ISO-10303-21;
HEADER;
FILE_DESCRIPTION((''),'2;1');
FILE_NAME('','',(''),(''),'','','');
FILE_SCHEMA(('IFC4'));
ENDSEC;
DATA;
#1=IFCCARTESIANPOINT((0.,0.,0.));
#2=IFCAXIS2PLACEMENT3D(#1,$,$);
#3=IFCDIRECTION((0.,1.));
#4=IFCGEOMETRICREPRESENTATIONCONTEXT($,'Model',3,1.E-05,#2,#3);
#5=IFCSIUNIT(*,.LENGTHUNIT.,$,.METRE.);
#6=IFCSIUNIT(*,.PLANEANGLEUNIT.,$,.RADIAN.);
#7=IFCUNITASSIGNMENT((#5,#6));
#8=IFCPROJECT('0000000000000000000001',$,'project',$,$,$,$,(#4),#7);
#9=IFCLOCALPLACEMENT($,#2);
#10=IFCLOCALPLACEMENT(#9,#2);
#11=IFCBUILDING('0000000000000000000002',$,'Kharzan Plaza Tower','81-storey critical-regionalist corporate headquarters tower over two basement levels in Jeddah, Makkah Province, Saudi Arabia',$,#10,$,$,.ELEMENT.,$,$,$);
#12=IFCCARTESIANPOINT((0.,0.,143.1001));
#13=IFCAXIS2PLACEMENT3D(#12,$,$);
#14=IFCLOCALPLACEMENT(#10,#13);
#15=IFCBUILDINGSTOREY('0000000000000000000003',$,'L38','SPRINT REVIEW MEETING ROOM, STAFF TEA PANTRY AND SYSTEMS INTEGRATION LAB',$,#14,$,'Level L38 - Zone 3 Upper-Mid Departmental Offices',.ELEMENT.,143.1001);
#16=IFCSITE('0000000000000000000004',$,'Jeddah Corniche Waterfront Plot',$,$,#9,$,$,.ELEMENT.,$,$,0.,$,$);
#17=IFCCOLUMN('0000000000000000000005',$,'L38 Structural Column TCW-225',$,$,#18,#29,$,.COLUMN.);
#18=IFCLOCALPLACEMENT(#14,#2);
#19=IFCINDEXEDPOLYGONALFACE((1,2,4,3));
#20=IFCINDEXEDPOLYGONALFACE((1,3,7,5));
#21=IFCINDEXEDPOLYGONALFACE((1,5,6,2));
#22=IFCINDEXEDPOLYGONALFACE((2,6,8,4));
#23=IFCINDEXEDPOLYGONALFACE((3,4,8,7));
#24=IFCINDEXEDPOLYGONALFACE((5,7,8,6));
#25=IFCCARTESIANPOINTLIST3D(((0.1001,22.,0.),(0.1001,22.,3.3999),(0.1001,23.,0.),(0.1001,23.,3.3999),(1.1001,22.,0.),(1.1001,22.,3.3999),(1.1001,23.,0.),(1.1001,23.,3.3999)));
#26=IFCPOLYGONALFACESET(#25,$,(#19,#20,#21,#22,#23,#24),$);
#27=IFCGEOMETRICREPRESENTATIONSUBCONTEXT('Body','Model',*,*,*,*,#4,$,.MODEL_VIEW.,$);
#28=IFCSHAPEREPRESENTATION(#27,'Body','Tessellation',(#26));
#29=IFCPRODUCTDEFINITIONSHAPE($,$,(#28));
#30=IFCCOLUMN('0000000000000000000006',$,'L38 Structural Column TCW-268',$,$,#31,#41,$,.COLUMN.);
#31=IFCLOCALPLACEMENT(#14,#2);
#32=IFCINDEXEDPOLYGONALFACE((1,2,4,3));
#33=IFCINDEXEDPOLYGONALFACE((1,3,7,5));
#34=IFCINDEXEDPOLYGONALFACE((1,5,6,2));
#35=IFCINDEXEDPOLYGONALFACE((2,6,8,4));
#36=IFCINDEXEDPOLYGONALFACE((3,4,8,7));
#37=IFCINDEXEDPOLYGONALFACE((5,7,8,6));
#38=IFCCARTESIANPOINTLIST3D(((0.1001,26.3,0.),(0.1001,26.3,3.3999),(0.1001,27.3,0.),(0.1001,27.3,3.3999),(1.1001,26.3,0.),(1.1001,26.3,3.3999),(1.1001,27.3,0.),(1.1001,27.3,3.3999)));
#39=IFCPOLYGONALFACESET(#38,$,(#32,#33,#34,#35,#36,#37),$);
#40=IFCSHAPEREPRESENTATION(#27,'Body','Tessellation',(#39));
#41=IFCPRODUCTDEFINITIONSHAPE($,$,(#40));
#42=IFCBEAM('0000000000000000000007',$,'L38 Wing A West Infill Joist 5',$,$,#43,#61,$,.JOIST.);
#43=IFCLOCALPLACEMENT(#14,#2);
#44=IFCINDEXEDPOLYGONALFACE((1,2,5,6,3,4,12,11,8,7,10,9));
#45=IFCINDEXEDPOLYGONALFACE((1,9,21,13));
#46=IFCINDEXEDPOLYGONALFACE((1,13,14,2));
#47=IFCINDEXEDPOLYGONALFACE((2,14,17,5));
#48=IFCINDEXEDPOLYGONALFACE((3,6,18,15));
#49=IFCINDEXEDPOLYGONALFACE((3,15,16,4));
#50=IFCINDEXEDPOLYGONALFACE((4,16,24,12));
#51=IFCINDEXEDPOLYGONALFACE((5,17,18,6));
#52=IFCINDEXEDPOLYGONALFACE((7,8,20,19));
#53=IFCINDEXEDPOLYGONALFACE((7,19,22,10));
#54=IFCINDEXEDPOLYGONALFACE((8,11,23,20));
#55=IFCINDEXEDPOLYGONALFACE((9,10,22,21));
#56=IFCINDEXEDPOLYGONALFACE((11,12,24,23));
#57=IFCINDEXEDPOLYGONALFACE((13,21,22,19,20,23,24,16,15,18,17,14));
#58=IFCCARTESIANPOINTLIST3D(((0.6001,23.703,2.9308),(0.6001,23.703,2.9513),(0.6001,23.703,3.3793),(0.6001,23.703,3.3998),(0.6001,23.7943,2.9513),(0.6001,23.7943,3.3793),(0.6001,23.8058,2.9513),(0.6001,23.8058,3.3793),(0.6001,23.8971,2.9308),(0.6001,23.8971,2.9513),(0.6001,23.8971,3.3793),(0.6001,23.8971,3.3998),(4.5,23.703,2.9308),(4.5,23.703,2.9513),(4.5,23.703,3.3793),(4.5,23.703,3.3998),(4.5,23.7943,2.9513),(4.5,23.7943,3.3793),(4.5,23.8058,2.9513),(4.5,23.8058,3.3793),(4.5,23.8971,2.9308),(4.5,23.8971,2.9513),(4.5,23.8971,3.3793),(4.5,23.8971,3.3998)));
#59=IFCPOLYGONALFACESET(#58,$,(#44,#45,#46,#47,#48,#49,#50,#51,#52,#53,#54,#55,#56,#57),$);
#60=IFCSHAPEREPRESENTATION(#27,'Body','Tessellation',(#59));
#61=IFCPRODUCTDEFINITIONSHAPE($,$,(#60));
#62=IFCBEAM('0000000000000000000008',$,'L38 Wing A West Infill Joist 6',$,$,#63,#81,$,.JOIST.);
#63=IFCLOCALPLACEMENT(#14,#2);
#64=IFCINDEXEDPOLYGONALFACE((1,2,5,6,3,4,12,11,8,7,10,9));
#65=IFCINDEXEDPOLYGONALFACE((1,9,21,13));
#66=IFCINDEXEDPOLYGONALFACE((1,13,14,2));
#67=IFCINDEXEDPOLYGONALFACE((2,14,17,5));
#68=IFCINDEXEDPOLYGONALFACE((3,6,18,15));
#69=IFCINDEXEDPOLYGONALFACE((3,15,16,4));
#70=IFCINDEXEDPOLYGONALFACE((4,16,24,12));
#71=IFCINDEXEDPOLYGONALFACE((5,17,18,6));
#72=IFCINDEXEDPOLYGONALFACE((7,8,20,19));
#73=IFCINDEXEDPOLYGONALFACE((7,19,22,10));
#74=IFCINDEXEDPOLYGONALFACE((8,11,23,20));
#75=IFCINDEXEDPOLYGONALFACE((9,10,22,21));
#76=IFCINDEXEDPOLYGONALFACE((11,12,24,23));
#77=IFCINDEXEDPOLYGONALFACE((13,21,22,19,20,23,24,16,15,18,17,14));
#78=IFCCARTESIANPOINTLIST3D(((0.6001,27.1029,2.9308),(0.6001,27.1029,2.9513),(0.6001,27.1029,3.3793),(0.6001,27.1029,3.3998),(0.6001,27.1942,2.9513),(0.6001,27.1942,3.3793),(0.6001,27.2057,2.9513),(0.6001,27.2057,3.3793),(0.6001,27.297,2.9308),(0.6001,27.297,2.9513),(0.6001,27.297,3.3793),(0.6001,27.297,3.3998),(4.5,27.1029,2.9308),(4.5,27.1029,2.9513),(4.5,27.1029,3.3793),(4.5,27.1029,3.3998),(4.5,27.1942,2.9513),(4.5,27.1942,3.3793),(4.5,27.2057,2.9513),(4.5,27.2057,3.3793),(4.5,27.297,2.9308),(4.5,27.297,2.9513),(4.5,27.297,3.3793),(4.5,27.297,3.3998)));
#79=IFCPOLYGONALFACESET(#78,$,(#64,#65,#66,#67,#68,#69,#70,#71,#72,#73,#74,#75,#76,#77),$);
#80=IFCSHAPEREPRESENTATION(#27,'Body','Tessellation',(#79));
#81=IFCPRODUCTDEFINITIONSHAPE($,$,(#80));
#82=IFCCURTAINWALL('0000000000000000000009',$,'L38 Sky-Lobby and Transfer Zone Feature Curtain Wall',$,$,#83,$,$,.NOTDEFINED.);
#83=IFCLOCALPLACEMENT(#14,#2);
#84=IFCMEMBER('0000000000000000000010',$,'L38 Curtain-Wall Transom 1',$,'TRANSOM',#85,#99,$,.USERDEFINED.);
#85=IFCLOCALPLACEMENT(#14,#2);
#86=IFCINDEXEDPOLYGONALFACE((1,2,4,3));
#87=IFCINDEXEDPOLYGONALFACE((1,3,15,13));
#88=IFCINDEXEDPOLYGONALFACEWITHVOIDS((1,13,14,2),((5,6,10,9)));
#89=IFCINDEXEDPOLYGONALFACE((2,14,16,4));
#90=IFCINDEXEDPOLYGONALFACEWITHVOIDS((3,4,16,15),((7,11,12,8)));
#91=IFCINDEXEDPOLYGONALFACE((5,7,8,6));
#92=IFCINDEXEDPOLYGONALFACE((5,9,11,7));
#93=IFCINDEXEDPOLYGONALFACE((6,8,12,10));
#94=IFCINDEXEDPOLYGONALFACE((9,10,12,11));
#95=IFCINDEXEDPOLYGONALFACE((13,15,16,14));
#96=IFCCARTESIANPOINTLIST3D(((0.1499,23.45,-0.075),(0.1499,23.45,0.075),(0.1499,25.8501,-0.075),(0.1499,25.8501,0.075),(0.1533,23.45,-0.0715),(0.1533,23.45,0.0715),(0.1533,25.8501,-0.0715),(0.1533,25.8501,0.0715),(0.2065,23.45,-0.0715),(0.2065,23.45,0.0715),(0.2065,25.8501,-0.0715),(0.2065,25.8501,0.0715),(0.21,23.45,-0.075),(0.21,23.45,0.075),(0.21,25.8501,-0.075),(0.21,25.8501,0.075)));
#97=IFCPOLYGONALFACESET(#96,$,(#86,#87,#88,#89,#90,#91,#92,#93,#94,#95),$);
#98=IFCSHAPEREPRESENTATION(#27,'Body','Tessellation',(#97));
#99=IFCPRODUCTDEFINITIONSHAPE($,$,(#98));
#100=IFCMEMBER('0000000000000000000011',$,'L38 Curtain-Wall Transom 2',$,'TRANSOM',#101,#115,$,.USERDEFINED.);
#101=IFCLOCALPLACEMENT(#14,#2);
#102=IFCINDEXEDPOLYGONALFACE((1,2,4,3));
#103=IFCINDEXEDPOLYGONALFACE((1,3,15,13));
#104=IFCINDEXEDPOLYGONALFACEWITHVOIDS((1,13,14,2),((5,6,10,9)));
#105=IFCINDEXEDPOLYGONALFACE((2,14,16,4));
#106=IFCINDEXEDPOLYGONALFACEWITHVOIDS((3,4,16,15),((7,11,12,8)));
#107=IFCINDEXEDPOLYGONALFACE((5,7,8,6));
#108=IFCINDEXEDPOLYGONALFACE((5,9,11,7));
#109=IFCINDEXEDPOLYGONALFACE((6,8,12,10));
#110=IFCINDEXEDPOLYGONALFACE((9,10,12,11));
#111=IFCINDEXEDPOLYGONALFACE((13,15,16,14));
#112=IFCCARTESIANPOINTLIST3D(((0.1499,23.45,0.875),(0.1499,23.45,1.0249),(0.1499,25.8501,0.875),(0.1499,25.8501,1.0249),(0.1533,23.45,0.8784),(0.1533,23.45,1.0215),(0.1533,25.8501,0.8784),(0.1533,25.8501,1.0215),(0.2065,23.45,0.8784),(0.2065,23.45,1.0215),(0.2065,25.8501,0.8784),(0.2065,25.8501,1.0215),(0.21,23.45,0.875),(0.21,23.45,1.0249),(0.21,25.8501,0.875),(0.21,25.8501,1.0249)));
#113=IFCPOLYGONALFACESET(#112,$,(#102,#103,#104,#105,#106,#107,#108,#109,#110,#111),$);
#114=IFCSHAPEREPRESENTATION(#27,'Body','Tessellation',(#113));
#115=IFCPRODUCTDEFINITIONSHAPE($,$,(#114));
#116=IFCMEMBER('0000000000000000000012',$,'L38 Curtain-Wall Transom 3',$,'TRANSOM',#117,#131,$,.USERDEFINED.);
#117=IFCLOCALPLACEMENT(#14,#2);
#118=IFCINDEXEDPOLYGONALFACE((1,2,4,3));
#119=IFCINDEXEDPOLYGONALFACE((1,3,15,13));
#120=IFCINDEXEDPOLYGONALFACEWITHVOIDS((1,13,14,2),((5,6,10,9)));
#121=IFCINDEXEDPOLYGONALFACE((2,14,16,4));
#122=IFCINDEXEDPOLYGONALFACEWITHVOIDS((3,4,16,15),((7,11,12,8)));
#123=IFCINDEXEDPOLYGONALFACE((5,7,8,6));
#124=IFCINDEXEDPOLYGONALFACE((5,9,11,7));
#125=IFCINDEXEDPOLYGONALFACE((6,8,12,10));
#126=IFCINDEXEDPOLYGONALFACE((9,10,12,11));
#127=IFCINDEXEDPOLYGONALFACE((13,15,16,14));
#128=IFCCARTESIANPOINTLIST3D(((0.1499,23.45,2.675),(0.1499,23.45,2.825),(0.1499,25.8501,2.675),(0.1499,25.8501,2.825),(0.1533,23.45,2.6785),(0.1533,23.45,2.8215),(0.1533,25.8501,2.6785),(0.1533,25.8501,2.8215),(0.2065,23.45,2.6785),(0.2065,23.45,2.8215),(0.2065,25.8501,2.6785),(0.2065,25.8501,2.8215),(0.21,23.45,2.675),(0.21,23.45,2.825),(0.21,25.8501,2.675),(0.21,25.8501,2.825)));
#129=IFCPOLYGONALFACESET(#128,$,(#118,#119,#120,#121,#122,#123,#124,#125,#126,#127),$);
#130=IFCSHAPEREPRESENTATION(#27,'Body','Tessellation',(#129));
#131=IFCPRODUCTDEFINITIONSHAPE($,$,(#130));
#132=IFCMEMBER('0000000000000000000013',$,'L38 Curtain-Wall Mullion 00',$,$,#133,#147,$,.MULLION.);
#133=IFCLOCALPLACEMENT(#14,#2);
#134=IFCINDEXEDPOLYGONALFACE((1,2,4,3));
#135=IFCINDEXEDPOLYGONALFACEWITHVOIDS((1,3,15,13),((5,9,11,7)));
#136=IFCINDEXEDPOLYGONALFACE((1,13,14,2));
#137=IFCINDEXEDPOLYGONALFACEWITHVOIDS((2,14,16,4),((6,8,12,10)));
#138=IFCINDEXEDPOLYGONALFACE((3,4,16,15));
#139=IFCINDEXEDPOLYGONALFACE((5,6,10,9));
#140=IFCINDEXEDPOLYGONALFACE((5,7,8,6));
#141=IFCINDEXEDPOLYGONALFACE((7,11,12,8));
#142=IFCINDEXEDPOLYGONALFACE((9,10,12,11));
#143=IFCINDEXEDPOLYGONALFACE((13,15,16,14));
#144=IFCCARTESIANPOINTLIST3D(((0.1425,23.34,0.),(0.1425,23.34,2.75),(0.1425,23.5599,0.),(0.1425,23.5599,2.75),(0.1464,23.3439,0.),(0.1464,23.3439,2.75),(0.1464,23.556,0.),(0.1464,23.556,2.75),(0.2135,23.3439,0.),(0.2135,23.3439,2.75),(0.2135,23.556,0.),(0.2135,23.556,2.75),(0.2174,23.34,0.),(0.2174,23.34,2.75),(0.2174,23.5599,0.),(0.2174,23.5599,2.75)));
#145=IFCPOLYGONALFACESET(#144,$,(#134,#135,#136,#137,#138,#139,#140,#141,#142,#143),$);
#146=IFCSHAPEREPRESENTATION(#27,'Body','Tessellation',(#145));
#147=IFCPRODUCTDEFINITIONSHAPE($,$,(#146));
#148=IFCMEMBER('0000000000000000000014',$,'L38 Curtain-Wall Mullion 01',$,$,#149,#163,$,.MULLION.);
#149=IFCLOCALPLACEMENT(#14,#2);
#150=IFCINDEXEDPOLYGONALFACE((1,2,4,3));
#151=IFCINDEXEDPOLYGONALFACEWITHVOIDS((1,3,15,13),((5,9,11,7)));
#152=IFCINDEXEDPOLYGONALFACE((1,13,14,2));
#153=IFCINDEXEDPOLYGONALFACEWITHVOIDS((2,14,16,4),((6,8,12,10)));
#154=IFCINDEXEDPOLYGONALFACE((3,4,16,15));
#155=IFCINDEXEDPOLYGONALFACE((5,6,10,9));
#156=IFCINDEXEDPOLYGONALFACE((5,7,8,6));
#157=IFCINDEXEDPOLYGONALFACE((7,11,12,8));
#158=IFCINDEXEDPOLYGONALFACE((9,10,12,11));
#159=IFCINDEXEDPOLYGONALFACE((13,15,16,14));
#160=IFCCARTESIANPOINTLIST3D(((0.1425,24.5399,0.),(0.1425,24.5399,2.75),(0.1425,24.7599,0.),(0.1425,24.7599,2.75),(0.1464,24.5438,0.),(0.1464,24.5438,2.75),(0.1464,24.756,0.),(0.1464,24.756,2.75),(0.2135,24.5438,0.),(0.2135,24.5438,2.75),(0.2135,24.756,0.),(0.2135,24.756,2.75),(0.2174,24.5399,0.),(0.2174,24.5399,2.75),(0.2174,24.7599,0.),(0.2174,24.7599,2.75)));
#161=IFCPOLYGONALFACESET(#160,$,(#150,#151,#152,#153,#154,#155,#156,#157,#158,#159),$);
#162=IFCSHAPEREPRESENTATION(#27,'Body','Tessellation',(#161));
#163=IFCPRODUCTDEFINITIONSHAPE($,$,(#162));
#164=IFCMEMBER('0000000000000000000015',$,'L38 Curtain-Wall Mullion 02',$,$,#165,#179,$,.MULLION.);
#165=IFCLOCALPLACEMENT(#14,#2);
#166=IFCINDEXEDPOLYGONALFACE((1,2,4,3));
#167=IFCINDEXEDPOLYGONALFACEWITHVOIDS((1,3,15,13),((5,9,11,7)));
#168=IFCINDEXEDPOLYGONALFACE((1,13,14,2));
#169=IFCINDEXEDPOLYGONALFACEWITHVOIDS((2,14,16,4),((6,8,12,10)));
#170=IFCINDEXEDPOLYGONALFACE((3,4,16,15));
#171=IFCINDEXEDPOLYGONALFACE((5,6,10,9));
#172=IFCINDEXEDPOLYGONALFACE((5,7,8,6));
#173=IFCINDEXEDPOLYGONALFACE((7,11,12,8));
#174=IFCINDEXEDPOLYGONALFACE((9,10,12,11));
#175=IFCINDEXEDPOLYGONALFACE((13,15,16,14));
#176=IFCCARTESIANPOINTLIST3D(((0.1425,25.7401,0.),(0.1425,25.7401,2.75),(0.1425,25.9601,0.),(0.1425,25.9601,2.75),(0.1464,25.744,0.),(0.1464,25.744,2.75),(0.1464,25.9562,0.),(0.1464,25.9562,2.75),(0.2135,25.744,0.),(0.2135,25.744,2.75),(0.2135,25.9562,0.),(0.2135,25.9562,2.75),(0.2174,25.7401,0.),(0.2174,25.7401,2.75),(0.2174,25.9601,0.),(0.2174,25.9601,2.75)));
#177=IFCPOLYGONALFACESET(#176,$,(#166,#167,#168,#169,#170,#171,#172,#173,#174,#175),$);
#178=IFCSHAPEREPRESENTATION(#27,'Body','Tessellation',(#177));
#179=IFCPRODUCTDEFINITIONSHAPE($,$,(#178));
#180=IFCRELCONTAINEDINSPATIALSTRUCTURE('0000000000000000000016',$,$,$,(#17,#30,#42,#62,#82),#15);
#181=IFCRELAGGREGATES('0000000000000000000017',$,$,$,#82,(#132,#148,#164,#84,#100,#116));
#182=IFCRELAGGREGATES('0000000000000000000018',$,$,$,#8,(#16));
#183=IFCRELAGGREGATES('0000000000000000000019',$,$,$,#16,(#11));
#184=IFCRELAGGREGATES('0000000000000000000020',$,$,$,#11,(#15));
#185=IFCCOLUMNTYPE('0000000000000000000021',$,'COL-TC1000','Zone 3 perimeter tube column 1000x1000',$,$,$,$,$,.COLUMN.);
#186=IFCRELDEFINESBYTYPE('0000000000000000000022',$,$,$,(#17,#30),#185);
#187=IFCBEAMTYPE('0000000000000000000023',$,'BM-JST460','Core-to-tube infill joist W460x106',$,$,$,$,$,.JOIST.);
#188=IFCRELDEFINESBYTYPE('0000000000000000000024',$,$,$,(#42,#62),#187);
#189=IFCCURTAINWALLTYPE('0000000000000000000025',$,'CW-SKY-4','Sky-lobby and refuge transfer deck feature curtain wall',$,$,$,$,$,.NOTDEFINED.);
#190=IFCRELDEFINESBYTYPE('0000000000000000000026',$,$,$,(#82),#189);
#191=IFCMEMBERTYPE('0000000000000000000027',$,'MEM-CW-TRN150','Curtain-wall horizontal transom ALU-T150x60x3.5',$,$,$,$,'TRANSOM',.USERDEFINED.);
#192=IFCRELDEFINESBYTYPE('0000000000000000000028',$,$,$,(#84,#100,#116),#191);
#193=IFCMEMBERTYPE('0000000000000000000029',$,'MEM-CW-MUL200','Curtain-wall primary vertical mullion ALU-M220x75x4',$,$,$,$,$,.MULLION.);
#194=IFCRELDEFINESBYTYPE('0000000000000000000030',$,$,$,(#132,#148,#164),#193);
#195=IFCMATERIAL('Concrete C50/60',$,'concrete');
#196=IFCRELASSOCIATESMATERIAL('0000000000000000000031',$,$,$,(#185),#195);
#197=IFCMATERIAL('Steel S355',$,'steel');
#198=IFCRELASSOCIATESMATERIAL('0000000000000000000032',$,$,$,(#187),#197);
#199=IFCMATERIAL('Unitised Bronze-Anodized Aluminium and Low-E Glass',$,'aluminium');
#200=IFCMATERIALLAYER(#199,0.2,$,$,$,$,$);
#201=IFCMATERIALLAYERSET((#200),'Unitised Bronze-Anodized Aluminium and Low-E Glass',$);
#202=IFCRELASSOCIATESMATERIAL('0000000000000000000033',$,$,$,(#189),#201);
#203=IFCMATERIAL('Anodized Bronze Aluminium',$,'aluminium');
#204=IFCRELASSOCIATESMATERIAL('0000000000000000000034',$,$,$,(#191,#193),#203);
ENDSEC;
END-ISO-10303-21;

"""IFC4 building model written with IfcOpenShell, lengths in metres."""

from ifc_helpers import new_model, si_unit, direction, frame, origin, origin_2d, place, context, subcontext, project, spatial, rectangle, hollow_rectangle, i_section, extrude, source, transform, mapped, material, layer, layer_set, material_profile, profile_set, type_object, element, aggregate, save


model = new_model("IFC4")

# Units and contexts
model_context = context("Model", 3, precision=1e-05, world=origin(), true_north=direction((0.0, 1.0)))
body_context = subcontext(model_context, "Body", "Model", "MODEL_VIEW")
ifc_project = project(units=[si_unit("LENGTHUNIT", "METRE"), si_unit("PLANEANGLEUNIT", "RADIAN")], contexts=[model_context])

# Site, building, storey
site_placement = place(None, origin())
site = spatial("IfcSite", under=ifc_project, at=site_placement, Name="Jeddah Corniche Waterfront Plot", CompositionType="ELEMENT", RefElevation=0.0)
building_placement = place(site_placement, origin())
building = spatial("IfcBuilding", under=site, at=building_placement, Name="Kharzan Plaza Tower", Description="81-storey critical-regionalist corporate headquarters tower over two basement levels in Jeddah, Makkah Province, Saudi Arabia", CompositionType="ELEMENT")
storey_placement = place(building_placement, frame((0.0, 0.0, 143.1001)))
storey = spatial("IfcBuildingStorey", under=building, at=storey_placement, Name="L38", Description="SPRINT REVIEW MEETING ROOM, STAFF TEA PANTRY AND SYSTEMS INTEGRATION LAB", LongName="Level L38 - Zone 3 Upper-Mid Departmental Offices", CompositionType="ELEMENT", Elevation=143.1001)

# Columns
ifc_material_1 = material(Name="Concrete C50/60", Category="concrete")
ifc_material_profile_1 = material_profile(ifc_material_1, rectangle(XDim=1.0, YDim=1.0, at=origin_2d()), Name="RC-TC1000x1000")
ifc_profile_set_1 = profile_set([ifc_material_profile_1], Name="Concrete C50/60")
column_type = type_object("IfcColumnType", Name="COL-TC1000", Description="Zone 3 perimeter tube column 1000x1000", PredefinedType="COLUMN", material=ifc_profile_set_1)
shared_shape_1 = source(origin(), body_context, "Body", "SweptSolid", [
    extrude(rectangle(XDim=1.0, YDim=1.0, at=origin_2d()), origin(), (0.0, 0.0, 1.0), 3.3999),
])
for number, where, z_axis, x_axis, name in (
    (1, (0.6001, 22.5, 0.0), (0.0, 0.0, 1.0), (1.0, 0.0, 0.0), "L38 Structural Column TCW-225"),
    (2, (0.6001, 26.8, 0.0), (0.0, 0.0, 1.0), (1.0, 0.0, 0.0), "L38 Structural Column TCW-268"),
):
    element("IfcColumn", number, at=place(storey_placement, frame(where, z_axis=z_axis, x_axis=x_axis)), inside=storey, type_object=column_type, Name=name, PredefinedType="COLUMN", context=body_context, shape_type="MappedRepresentation", body=[
        mapped(shared_shape_1, transform((0.0, 0.0, 0.0), x_axis=(1.0, 0.0, 0.0), y_axis=(0.0, 1.0, 0.0), z_axis=(0.0, 0.0, 1.0))),
    ])

# Beams
ifc_material_2 = material(Name="Steel S355", Category="steel")
ifc_material_profile_2 = material_profile(ifc_material_2, i_section(OverallWidth=0.1941, OverallDepth=0.469, WebThickness=0.0115, FlangeThickness=0.0205, at=origin_2d()), Name="W460x106")
ifc_profile_set_2 = profile_set([ifc_material_profile_2], Name="Steel S355")
beam_type_1 = type_object("IfcBeamType", Name="BM-JST460", Description="Core-to-tube infill joist W460x106", PredefinedType="JOIST", material=ifc_profile_set_2)
shared_shape_2 = source(origin(), body_context, "Body", "SweptSolid", [
    extrude(i_section(OverallWidth=0.1941, OverallDepth=0.469, WebThickness=0.0115, FlangeThickness=0.0205, at=origin_2d()), origin(), (0.0, 0.0, 1.0), 3.8999),
])
for number, where, z_axis, x_axis, name in (
    (3, (0.6001, 23.8, 3.1653), (1.0, 0.0, 0.0), (0.0, 1.0, 0.0), "L38 Wing A West Infill Joist 5"),
    (4, (0.6001, 27.2, 3.1653), (1.0, 0.0, 0.0), (0.0, 1.0, 0.0), "L38 Wing A West Infill Joist 6"),
):
    element("IfcBeam", number, at=place(storey_placement, frame(where, z_axis=z_axis, x_axis=x_axis)), inside=storey, type_object=beam_type_1, Name=name, PredefinedType="JOIST", context=body_context, shape_type="MappedRepresentation", body=[
        mapped(shared_shape_2, transform((0.0, 0.0, 0.0), x_axis=(1.0, 0.0, 0.0), y_axis=(0.0, 1.0, 0.0), z_axis=(0.0, 0.0, 1.0))),
    ])

# Curtain wall, members
ifc_material_3 = material(Name="Unitised Bronze-Anodized Aluminium and Low-E Glass", Category="aluminium")
ifc_layer_1 = layer(ifc_material_3, 0.2)
ifc_layer_set_1 = layer_set([ifc_layer_1], Name="Unitised Bronze-Anodized Aluminium and Low-E Glass")
curtain_wall_type = type_object("IfcCurtainWallType", Name="CW-SKY-4", Description="Sky-lobby and refuge transfer deck feature curtain wall", PredefinedType="NOTDEFINED", material=ifc_layer_set_1)
curtain_wall_placement = place(storey_placement, origin())
curtain_wall = element("IfcCurtainWall", 5, at=curtain_wall_placement, inside=storey, type_object=curtain_wall_type, Name="L38 Sky-Lobby and Transfer Zone Feature Curtain Wall", PredefinedType="NOTDEFINED")
ifc_material_4 = material(Name="Anodized Bronze Aluminium", Category="aluminium")
ifc_material_profile_3 = material_profile(ifc_material_4, hollow_rectangle(XDim=0.0601, YDim=0.1499, WallThickness=0.0034, at=origin_2d()), Name="ALU-T150x60x3.5")
ifc_profile_set_3 = profile_set([ifc_material_profile_3], Name="Anodized Bronze Aluminium")
member_type_1 = type_object("IfcMemberType", Name="MEM-CW-TRN150", Description="Curtain-wall horizontal transom ALU-T150x60x3.5", ElementType="TRANSOM", PredefinedType="USERDEFINED", material=ifc_profile_set_3)
shared_shape_3 = source(origin(), body_context, "Body", "SweptSolid", [
    extrude(hollow_rectangle(XDim=0.0601, YDim=0.1499, WallThickness=0.0034, at=origin_2d()), origin(), (0.0, 0.0, 1.0), 2.4001),
])
member_1_placement = place(storey_placement, frame((0.1799, 23.45, 0.0), z_axis=(0.0, 1.0, 0.0), x_axis=(-1.0, 0.0, 0.0)))
member_1 = element("IfcMember", 6, at=member_1_placement, type_object=member_type_1, Name="L38 Curtain-Wall Transom 1", ObjectType="TRANSOM", PredefinedType="USERDEFINED", context=body_context, shape_type="MappedRepresentation", body=[
    mapped(shared_shape_3, transform((0.0, 0.0, 0.0), x_axis=(1.0, 0.0, 0.0), y_axis=(0.0, 1.0, 0.0), z_axis=(0.0, 0.0, 1.0))),
])
member_2_placement = place(storey_placement, frame((0.1799, 23.45, 0.95), z_axis=(0.0, 1.0, 0.0), x_axis=(-1.0, 0.0, 0.0)))
member_2 = element("IfcMember", 7, at=member_2_placement, type_object=member_type_1, Name="L38 Curtain-Wall Transom 2", ObjectType="TRANSOM", PredefinedType="USERDEFINED", context=body_context, shape_type="MappedRepresentation", body=[
    mapped(shared_shape_3, transform((0.0, 0.0, 0.0), x_axis=(1.0, 0.0, 0.0), y_axis=(0.0, 1.0, 0.0), z_axis=(0.0, 0.0, 1.0))),
])
member_3_placement = place(storey_placement, frame((0.1799, 23.45, 2.75), z_axis=(0.0, 1.0, 0.0), x_axis=(-1.0, 0.0, 0.0)))
member_3 = element("IfcMember", 8, at=member_3_placement, type_object=member_type_1, Name="L38 Curtain-Wall Transom 3", ObjectType="TRANSOM", PredefinedType="USERDEFINED", context=body_context, shape_type="MappedRepresentation", body=[
    mapped(shared_shape_3, transform((0.0, 0.0, 0.0), x_axis=(1.0, 0.0, 0.0), y_axis=(0.0, 1.0, 0.0), z_axis=(0.0, 0.0, 1.0))),
])
ifc_material_profile_4 = material_profile(ifc_material_4, hollow_rectangle(XDim=0.075, YDim=0.22, WallThickness=0.0039, at=origin_2d()), Name="ALU-M220x75x4")
ifc_profile_set_4 = profile_set([ifc_material_profile_4], Name="Anodized Bronze Aluminium")
member_type_2 = type_object("IfcMemberType", Name="MEM-CW-MUL200", Description="Curtain-wall primary vertical mullion ALU-M220x75x4", PredefinedType="MULLION", material=ifc_profile_set_4)
shared_shape_4 = source(origin(), body_context, "Body", "SweptSolid", [
    extrude(hollow_rectangle(XDim=0.075, YDim=0.22, WallThickness=0.0039, at=origin_2d()), origin(), (0.0, 0.0, 1.0), 2.75),
])
member_4_placement = place(storey_placement, frame((0.1799, 23.45, 0.0), z_axis=(0.0, 0.0, 1.0), x_axis=(1.0, 0.0, 0.0)))
member_4 = element("IfcMember", 9, at=member_4_placement, type_object=member_type_2, Name="L38 Curtain-Wall Mullion 00", PredefinedType="MULLION", context=body_context, shape_type="MappedRepresentation", body=[
    mapped(shared_shape_4, transform((0.0, 0.0, 0.0), x_axis=(1.0, 0.0, 0.0), y_axis=(0.0, 1.0, 0.0), z_axis=(0.0, 0.0, 1.0))),
])
member_5_placement = place(storey_placement, frame((0.1799, 24.6499, 0.0), z_axis=(0.0, 0.0, 1.0), x_axis=(1.0, 0.0, 0.0)))
member_5 = element("IfcMember", 10, at=member_5_placement, type_object=member_type_2, Name="L38 Curtain-Wall Mullion 01", PredefinedType="MULLION", context=body_context, shape_type="MappedRepresentation", body=[
    mapped(shared_shape_4, transform((0.0, 0.0, 0.0), x_axis=(1.0, 0.0, 0.0), y_axis=(0.0, 1.0, 0.0), z_axis=(0.0, 0.0, 1.0))),
])
member_6_placement = place(storey_placement, frame((0.1799, 25.8501, 0.0), z_axis=(0.0, 0.0, 1.0), x_axis=(1.0, 0.0, 0.0)))
member_6 = element("IfcMember", 11, at=member_6_placement, type_object=member_type_2, Name="L38 Curtain-Wall Mullion 02", PredefinedType="MULLION", context=body_context, shape_type="MappedRepresentation", body=[
    mapped(shared_shape_4, transform((0.0, 0.0, 0.0), x_axis=(1.0, 0.0, 0.0), y_axis=(0.0, 1.0, 0.0), z_axis=(0.0, 0.0, 1.0))),
])

aggregate(curtain_wall, [member_4, member_5, member_6, member_1, member_2, member_3])

save(model, "model.ifc")
